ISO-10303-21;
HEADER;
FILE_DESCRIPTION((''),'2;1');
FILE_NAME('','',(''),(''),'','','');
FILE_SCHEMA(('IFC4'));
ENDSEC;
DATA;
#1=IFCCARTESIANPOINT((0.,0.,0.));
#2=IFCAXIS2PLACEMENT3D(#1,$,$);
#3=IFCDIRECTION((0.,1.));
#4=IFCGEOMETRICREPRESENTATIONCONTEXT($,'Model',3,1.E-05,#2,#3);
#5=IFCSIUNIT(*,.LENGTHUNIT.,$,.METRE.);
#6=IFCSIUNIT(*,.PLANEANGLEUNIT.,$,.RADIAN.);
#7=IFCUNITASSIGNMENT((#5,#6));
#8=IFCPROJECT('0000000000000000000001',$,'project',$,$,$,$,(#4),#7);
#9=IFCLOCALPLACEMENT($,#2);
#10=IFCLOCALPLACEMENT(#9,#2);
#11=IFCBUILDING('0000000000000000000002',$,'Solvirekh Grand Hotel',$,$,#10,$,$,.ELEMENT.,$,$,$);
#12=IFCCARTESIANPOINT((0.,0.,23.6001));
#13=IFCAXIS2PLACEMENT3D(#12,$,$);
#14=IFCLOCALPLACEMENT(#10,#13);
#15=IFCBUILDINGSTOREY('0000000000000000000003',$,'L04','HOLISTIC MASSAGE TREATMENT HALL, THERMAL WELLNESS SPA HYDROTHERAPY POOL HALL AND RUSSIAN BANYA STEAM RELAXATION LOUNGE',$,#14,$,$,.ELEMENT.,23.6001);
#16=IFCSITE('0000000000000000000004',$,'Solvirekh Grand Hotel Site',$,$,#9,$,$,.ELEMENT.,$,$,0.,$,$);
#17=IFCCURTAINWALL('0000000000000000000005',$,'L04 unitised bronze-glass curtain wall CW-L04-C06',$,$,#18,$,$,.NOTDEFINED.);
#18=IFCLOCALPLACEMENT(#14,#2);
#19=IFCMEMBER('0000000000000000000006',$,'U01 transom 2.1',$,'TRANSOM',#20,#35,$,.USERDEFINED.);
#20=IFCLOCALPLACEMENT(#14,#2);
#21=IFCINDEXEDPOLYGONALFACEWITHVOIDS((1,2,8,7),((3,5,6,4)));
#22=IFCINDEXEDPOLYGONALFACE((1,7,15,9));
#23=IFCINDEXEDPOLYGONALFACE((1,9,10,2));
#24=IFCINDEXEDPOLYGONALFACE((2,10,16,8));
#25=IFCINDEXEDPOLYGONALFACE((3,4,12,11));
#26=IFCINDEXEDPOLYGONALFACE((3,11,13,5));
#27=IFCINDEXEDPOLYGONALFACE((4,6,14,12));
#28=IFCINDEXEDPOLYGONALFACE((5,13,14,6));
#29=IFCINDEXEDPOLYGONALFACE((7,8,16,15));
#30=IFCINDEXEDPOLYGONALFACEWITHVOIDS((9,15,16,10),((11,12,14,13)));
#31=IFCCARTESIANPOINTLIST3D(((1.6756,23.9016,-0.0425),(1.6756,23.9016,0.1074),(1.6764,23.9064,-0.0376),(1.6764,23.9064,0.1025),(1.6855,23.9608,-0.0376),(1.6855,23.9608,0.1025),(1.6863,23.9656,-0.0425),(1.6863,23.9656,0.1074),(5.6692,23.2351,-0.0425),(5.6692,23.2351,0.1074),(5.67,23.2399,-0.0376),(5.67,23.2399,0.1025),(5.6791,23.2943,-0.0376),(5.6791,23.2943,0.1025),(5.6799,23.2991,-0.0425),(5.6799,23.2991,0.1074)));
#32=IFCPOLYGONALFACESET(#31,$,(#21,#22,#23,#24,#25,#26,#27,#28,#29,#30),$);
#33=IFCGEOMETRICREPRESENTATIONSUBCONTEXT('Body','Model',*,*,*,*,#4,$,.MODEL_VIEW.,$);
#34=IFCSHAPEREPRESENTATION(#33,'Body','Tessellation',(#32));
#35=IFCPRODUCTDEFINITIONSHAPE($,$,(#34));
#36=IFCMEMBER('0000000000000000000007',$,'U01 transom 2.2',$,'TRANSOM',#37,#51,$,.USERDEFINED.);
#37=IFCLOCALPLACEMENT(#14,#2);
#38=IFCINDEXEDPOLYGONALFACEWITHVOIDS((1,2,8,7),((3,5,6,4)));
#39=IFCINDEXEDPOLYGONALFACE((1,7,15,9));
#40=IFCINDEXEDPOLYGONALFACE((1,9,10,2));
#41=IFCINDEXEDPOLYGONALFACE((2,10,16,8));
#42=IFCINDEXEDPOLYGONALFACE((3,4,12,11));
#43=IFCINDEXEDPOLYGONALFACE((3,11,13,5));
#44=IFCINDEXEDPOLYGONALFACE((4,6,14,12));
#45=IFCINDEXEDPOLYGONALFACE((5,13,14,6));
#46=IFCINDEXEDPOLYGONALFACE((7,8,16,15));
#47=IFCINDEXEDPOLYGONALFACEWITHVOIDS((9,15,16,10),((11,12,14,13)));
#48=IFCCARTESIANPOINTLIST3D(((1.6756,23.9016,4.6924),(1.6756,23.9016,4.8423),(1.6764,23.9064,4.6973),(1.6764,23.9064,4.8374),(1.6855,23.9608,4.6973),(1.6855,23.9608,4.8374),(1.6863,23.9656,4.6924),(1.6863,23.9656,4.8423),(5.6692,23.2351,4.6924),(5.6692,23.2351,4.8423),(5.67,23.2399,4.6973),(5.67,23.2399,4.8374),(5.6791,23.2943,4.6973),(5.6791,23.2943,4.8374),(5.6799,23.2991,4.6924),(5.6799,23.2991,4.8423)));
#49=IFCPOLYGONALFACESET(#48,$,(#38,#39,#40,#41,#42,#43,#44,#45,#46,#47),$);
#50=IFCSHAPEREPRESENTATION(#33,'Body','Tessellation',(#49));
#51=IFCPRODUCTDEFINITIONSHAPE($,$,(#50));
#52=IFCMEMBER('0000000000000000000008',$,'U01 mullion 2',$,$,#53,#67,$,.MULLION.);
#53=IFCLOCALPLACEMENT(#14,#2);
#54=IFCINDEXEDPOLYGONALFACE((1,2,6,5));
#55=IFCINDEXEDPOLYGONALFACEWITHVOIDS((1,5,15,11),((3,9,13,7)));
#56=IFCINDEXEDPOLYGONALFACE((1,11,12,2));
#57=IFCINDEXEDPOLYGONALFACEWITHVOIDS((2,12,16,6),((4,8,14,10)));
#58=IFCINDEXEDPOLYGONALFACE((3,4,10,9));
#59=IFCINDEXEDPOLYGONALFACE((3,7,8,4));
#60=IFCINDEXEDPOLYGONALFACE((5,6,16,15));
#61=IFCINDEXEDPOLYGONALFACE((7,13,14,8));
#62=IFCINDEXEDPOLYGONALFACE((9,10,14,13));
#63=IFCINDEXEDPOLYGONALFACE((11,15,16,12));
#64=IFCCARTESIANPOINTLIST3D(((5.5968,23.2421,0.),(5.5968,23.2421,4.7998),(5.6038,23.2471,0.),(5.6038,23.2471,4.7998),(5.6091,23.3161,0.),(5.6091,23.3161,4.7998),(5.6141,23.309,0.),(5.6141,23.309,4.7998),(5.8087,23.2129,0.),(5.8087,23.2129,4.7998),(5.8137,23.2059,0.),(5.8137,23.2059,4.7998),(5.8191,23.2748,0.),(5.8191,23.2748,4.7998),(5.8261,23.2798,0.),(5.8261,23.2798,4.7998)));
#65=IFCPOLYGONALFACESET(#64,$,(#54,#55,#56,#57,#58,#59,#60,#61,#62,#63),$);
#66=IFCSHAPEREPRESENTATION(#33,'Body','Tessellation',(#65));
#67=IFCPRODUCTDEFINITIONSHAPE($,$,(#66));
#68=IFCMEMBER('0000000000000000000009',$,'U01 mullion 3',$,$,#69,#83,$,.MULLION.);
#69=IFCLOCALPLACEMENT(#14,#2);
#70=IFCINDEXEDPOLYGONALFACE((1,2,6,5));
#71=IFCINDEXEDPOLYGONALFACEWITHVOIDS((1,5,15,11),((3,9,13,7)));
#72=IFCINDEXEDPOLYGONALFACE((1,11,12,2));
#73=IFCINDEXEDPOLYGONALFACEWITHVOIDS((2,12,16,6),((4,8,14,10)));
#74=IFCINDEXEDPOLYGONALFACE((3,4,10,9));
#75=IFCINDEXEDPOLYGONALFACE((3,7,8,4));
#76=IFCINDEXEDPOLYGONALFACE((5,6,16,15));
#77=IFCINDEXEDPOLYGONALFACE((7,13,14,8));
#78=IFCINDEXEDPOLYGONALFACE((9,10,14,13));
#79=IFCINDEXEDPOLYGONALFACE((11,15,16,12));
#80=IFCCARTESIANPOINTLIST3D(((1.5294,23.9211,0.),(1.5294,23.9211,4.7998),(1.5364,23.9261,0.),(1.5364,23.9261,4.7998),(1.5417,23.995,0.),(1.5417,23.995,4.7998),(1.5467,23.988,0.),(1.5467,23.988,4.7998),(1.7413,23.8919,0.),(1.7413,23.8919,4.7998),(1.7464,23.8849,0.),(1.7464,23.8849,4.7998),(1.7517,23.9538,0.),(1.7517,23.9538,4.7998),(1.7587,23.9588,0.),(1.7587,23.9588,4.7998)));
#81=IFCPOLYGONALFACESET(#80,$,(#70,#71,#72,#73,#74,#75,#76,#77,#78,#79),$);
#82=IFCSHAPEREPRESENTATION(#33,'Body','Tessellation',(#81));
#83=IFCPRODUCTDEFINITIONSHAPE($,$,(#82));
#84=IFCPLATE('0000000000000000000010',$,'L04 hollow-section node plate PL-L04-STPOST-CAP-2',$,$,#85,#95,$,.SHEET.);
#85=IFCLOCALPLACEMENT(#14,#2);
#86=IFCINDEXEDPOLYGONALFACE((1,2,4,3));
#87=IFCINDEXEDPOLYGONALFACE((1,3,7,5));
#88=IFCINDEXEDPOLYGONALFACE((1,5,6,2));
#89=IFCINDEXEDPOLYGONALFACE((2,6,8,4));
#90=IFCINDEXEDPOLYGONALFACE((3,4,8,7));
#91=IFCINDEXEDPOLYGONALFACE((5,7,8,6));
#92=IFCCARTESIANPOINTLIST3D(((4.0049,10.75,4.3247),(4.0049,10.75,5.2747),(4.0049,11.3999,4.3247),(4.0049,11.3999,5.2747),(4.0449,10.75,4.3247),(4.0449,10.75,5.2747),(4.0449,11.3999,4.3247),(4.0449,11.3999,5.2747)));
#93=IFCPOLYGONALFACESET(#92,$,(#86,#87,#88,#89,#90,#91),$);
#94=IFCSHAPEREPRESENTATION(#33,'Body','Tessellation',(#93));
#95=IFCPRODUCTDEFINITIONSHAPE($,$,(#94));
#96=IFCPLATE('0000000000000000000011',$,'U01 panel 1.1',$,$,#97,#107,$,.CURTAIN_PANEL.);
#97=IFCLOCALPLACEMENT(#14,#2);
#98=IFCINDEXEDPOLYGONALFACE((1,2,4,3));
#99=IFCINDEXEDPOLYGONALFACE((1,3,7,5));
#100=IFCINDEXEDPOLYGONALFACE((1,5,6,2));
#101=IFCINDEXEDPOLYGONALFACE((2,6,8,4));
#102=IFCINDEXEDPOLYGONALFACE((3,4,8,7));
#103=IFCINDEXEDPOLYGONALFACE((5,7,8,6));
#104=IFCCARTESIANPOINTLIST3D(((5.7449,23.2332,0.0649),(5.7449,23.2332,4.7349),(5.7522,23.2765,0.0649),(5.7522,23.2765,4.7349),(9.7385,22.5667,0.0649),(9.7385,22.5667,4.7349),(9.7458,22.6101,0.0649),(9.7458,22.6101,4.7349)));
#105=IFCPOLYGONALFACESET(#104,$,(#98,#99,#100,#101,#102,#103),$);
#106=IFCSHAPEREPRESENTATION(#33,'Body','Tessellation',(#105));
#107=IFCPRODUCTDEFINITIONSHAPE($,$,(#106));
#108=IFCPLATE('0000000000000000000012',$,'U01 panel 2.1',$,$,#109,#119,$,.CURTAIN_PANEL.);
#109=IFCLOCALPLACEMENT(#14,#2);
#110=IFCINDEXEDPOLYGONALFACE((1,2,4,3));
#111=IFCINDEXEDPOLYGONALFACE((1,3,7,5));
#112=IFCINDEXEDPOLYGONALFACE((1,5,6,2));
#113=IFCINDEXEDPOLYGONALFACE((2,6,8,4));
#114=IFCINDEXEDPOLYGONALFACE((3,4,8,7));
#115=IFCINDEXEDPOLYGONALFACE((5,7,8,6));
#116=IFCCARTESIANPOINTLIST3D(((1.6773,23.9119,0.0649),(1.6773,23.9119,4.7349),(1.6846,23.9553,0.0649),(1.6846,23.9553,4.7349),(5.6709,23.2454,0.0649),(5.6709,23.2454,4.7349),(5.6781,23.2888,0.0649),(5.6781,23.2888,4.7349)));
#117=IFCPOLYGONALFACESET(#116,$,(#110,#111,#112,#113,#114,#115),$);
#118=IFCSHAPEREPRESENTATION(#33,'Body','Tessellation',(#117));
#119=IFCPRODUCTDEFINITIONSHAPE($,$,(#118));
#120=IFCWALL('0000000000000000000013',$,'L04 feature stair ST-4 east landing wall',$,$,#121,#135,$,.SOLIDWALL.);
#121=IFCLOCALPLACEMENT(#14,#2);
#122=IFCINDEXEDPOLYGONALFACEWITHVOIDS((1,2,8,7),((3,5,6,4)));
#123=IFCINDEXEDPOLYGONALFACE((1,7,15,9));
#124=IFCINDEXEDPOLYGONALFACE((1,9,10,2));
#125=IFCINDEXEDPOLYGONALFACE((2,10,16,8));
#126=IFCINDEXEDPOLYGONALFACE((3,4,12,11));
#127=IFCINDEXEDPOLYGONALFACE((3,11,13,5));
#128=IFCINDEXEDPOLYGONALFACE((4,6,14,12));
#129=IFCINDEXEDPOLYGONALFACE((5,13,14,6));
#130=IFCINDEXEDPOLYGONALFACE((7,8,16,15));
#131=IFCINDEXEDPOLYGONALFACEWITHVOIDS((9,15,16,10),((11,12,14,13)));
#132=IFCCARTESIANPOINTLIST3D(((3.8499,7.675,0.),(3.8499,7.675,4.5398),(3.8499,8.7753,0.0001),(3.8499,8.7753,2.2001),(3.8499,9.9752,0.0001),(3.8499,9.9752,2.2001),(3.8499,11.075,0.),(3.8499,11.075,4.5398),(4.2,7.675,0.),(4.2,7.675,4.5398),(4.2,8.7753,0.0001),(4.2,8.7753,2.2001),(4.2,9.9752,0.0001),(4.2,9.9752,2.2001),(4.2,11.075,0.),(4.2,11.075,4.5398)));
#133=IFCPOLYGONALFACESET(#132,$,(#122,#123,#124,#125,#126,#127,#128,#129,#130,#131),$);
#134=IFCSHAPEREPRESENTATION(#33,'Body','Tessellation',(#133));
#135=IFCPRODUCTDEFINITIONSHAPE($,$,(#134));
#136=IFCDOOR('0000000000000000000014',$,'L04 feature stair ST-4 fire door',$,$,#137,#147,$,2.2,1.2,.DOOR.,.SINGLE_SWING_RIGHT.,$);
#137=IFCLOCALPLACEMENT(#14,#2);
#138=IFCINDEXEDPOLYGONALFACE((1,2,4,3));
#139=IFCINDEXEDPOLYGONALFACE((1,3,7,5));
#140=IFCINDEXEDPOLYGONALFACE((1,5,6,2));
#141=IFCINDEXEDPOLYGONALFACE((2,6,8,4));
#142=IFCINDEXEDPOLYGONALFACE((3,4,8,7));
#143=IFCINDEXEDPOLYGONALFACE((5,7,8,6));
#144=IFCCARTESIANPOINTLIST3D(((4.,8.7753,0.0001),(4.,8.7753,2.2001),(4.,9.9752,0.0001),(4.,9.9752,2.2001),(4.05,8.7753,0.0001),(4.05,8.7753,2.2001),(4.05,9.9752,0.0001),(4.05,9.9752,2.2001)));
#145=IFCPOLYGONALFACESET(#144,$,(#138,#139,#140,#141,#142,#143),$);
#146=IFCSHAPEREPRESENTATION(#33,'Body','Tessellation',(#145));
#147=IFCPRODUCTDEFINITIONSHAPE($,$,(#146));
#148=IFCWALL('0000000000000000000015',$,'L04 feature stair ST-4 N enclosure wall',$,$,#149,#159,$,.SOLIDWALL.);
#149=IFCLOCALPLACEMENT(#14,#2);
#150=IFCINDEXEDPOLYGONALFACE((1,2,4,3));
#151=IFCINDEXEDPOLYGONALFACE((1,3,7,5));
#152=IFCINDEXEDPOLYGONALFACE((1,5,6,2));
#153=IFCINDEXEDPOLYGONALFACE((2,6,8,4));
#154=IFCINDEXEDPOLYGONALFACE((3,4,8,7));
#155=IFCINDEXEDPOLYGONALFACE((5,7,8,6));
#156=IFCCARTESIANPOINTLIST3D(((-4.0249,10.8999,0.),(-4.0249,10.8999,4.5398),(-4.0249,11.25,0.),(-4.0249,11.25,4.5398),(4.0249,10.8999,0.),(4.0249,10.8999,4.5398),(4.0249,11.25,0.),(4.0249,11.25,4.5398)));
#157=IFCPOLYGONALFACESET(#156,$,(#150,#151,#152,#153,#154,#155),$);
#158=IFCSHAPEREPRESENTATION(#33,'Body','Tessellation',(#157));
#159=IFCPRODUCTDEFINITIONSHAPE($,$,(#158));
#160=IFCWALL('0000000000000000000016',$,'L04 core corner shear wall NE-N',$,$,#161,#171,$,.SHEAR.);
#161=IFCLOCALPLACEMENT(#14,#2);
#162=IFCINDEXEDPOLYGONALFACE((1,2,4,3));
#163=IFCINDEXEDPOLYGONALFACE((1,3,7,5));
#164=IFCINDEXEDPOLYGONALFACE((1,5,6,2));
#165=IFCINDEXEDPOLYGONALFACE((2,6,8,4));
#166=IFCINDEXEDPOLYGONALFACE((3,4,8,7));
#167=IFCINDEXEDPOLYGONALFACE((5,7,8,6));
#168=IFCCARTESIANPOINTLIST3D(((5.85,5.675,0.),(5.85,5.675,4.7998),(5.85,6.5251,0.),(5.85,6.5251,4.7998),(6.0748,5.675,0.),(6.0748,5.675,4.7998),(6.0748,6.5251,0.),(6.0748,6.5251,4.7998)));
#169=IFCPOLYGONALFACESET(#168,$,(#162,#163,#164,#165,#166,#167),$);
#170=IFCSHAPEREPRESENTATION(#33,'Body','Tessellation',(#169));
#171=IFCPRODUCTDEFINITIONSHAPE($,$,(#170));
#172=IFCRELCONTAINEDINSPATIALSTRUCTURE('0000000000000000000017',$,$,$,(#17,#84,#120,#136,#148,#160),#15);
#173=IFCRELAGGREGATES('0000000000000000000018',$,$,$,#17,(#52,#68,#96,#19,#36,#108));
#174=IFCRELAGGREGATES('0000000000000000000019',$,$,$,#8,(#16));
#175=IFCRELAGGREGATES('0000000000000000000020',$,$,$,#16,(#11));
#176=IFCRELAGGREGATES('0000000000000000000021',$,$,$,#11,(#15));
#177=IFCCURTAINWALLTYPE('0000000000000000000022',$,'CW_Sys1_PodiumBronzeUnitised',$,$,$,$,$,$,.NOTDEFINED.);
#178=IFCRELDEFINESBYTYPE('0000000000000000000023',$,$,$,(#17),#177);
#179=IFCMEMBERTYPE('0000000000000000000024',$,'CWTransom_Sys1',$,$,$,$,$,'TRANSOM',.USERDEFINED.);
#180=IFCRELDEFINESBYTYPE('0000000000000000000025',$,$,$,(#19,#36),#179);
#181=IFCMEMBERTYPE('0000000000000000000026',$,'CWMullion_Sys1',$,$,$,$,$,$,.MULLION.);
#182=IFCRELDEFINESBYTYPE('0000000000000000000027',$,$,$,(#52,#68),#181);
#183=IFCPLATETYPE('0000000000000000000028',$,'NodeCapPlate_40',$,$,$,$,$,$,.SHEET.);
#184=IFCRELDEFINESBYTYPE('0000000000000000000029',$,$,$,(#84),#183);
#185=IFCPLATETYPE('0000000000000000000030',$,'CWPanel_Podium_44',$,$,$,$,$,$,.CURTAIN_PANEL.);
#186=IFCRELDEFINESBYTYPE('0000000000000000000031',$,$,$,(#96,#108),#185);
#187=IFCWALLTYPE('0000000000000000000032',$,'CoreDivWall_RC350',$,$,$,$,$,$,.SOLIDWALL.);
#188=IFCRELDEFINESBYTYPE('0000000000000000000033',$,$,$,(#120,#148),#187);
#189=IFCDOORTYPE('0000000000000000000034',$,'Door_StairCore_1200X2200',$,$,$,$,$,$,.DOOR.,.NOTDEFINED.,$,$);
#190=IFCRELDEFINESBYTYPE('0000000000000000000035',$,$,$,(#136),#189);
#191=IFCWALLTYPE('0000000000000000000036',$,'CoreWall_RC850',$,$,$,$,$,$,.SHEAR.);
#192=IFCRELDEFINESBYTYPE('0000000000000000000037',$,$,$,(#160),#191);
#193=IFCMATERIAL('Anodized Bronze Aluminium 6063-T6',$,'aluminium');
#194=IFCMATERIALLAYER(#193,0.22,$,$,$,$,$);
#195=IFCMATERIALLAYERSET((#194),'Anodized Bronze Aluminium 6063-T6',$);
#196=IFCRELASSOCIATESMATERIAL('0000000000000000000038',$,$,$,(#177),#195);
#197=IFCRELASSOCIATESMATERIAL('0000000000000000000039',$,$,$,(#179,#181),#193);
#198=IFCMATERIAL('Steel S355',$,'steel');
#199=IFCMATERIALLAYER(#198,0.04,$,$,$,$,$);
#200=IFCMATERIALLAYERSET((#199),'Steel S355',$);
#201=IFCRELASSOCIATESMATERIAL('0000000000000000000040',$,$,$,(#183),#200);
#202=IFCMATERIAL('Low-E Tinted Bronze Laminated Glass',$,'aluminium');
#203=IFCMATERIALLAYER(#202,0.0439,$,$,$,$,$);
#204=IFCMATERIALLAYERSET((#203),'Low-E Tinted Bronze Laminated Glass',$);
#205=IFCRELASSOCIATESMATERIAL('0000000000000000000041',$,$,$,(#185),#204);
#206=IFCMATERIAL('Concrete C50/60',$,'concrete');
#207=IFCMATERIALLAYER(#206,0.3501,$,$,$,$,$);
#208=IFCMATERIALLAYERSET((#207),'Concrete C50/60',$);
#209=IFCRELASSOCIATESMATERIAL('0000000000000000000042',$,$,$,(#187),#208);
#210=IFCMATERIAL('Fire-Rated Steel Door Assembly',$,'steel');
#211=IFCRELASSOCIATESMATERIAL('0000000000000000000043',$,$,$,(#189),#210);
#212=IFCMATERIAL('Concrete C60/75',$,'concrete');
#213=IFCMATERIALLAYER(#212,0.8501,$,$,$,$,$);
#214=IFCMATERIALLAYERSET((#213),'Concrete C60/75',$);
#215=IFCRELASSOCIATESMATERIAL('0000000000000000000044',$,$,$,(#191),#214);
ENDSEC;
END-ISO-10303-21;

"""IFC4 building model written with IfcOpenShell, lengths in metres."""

from ifc_helpers import new_model, si_unit, direction, frame, frame_2d, origin, origin_2d, place, context, subcontext, project, spatial, rectangle, hollow_rectangle, extrude, source, transform, mapped, material, layer, layer_set, material_profile, profile_set, type_object, element, fill, aggregate, save


model = new_model("IFC4")

# Units and contexts
model_context = context("Model", 3, precision=1e-05, world=origin(), true_north=direction((0.0, 1.0)))
body_context = subcontext(model_context, "Body", "Model", "MODEL_VIEW")
ifc_project = project(units=[si_unit("LENGTHUNIT", "METRE"), si_unit("PLANEANGLEUNIT", "RADIAN")], contexts=[model_context])

# Site, building, storey
site_placement = place(None, origin())
site = spatial("IfcSite", under=ifc_project, at=site_placement, Name="Solvirekh Grand Hotel Site", CompositionType="ELEMENT", RefElevation=0.0)
building_placement = place(site_placement, origin())
building = spatial("IfcBuilding", under=site, at=building_placement, Name="Solvirekh Grand Hotel", CompositionType="ELEMENT")
storey_placement = place(building_placement, frame((0.0, 0.0, 23.6001)))
storey = spatial("IfcBuildingStorey", under=building, at=storey_placement, Name="L04", Description="HOLISTIC MASSAGE TREATMENT HALL, THERMAL WELLNESS SPA HYDROTHERAPY POOL HALL AND RUSSIAN BANYA STEAM RELAXATION LOUNGE", CompositionType="ELEMENT", Elevation=23.6001)

# Shared definitions
ifc_material_1 = material(Name="Concrete C60/75", Category="concrete")
ifc_material_2 = material(Name="Steel S355", Category="steel")

# Curtain wall, members
ifc_material_3 = material(Name="Anodized Bronze Aluminium 6063-T6", Category="aluminium")
ifc_layer_1 = layer(ifc_material_3, 0.22)
ifc_layer_set_1 = layer_set([ifc_layer_1], Name="Anodized Bronze Aluminium 6063-T6")
curtain_wall_type = type_object("IfcCurtainWallType", Name="CW_Sys1_PodiumBronzeUnitised", PredefinedType="NOTDEFINED", material=ifc_layer_set_1)
curtain_wall_placement = place(storey_placement, origin())
curtain_wall = element("IfcCurtainWall", 1, at=curtain_wall_placement, inside=storey, type_object=curtain_wall_type, Name="L04 unitised bronze-glass curtain wall CW-L04-C06", PredefinedType="NOTDEFINED")
ifc_material_profile_1 = material_profile(ifc_material_3, hollow_rectangle(XDim=0.0649, YDim=0.1499, WallThickness=0.0049, at=origin_2d()), Name="ALU RHS 150X65X5")
ifc_profile_set_1 = profile_set([ifc_material_profile_1], Name="Anodized Bronze Aluminium 6063-T6")
member_type_1 = type_object("IfcMemberType", Name="CWTransom_Sys1", ElementType="TRANSOM", PredefinedType="USERDEFINED", material=ifc_profile_set_1)
shared_shape_1 = source(origin(), body_context, "Body", "SweptSolid", [
    extrude(hollow_rectangle(XDim=0.0649, YDim=0.1499, WallThickness=0.0049, at=origin_2d()), origin(), (0.0, 0.0, 1.0), 4.0488),
])
member_1_placement = place(storey_placement, frame((5.6746, 23.2671, 0.0325), z_axis=(-0.986358, 0.164614, 0.0), x_axis=(-0.164614, -0.986358, 0.0)))
member_1 = element("IfcMember", 2, at=member_1_placement, type_object=member_type_1, Name="U01 transom 2.1", ObjectType="TRANSOM", PredefinedType="USERDEFINED", context=body_context, shape_type="MappedRepresentation", body=[
    mapped(shared_shape_1, transform((0.0, 0.0, 0.0), x_axis=(1.0, 0.0, 0.0), y_axis=(0.0, 1.0, 0.0), z_axis=(0.0, 0.0, 1.0), scale=1.0)),
])
member_2_placement = place(storey_placement, frame((5.6746, 23.2671, 4.7673), z_axis=(-0.986358, 0.164614, 0.0), x_axis=(-0.164614, -0.986358, 0.0)))
member_2 = element("IfcMember", 3, at=member_2_placement, type_object=member_type_1, Name="U01 transom 2.2", ObjectType="TRANSOM", PredefinedType="USERDEFINED", context=body_context, shape_type="MappedRepresentation", body=[
    mapped(shared_shape_1, transform((0.0, 0.0, 0.0), x_axis=(1.0, 0.0, 0.0), y_axis=(0.0, 1.0, 0.0), z_axis=(0.0, 0.0, 1.0), scale=1.0)),
])
ifc_material_profile_2 = material_profile(ifc_material_3, hollow_rectangle(XDim=0.075, YDim=0.22, WallThickness=0.0061, at=origin_2d()), Name="ALU RHS 220X75X6")
ifc_profile_set_2 = profile_set([ifc_material_profile_2], Name="Anodized Bronze Aluminium 6063-T6")
member_type_2 = type_object("IfcMemberType", Name="CWMullion_Sys1", PredefinedType="MULLION", material=ifc_profile_set_2)
shared_shape_2 = source(origin(), body_context, "Body", "SweptSolid", [
    extrude(hollow_rectangle(XDim=0.075, YDim=0.22, WallThickness=0.0061, at=origin_2d()), origin(), (0.0, 0.0, 1.0), 4.7998),
])
member_3_placement = place(storey_placement, frame((5.7114, 23.261, 0.0), z_axis=(0.0, 0.0, 1.0), x_axis=(-0.164613, -0.986358, 0.0)))
member_3 = element("IfcMember", 4, at=member_3_placement, type_object=member_type_2, Name="U01 mullion 2", PredefinedType="MULLION", context=body_context, shape_type="MappedRepresentation", body=[
    mapped(shared_shape_2, transform((0.0, 0.0, 0.0), x_axis=(1.0, 0.0, 0.0), y_axis=(0.0, 1.0, 0.0), z_axis=(0.0, 0.0, 1.0), scale=1.0)),
])
member_4_placement = place(storey_placement, frame((1.644, 23.9399, 0.0), z_axis=(0.0, 0.0, 1.0), x_axis=(-0.164613, -0.986358, 0.0)))
member_4 = element("IfcMember", 5, at=member_4_placement, type_object=member_type_2, Name="U01 mullion 3", PredefinedType="MULLION", context=body_context, shape_type="MappedRepresentation", body=[
    mapped(shared_shape_2, transform((0.0, 0.0, 0.0), x_axis=(1.0, 0.0, 0.0), y_axis=(0.0, 1.0, 0.0), z_axis=(0.0, 0.0, 1.0), scale=1.0)),
])

# Plates
ifc_layer_2 = layer(ifc_material_2, 0.04)
ifc_layer_set_2 = layer_set([ifc_layer_2], Name="Steel S355")
plate_type_1 = type_object("IfcPlateType", Name="NodeCapPlate_40", PredefinedType="SHEET", material=ifc_layer_set_2)
plate_1_placement = place(storey_placement, frame((4.0249, 11.075, 4.3247), z_axis=(0.0, 0.0, 1.0), x_axis=(1.0, 0.0, 0.0)))
element("IfcPlate", 6, at=plate_1_placement, inside=storey, type_object=plate_type_1, Name="L04 hollow-section node plate PL-L04-STPOST-CAP-2", PredefinedType="SHEET", context=body_context, shape_type="SweptSolid", body=[
    extrude(rectangle(XDim=0.04, YDim=0.6499, at=origin_2d()), origin(), (0.0, 0.0, 1.0), 0.95),
])
ifc_material_4 = material(Name="Low-E Tinted Bronze Laminated Glass", Category="aluminium")
ifc_layer_3 = layer(ifc_material_4, 0.0439)
ifc_layer_set_3 = layer_set([ifc_layer_3], Name="Low-E Tinted Bronze Laminated Glass")
plate_type_2 = type_object("IfcPlateType", Name="CWPanel_Podium_44", PredefinedType="CURTAIN_PANEL", material=ifc_layer_set_3)
shared_shape_3 = source(origin(), body_context, "Body", "SweptSolid", [
    extrude(rectangle(XDim=4.0488, YDim=0.0439, at=origin_2d()), origin(), (0.0, 0.0, 1.0), 4.6699),
])
plate_2_placement = place(storey_placement, frame((7.7454, 22.9216, 0.0649), z_axis=(0.0, 0.0, 1.0), x_axis=(-0.986358, 0.164613, 0.0)))
plate_2 = element("IfcPlate", 7, at=plate_2_placement, type_object=plate_type_2, Name="U01 panel 1.1", PredefinedType="CURTAIN_PANEL", context=body_context, shape_type="MappedRepresentation", body=[
    mapped(shared_shape_3, transform((0.0, 0.0, 0.0), x_axis=(1.0, 0.0, 0.0), y_axis=(0.0, 1.0, 0.0), z_axis=(0.0, 0.0, 1.0), scale=1.0)),
])
plate_3_placement = place(storey_placement, frame((3.6777, 23.6003, 0.0649), z_axis=(0.0, 0.0, 1.0), x_axis=(-0.986358, 0.164613, 0.0)))
plate_3 = element("IfcPlate", 8, at=plate_3_placement, type_object=plate_type_2, Name="U01 panel 2.1", PredefinedType="CURTAIN_PANEL", context=body_context, shape_type="MappedRepresentation", body=[
    mapped(shared_shape_3, transform((0.0, 0.0, 0.0), x_axis=(1.0, 0.0, 0.0), y_axis=(0.0, 1.0, 0.0), z_axis=(0.0, 0.0, 1.0), scale=1.0)),
])
aggregate(curtain_wall, [member_3, member_4, plate_2, member_1, member_2, plate_3])

# Wall, opening, door
ifc_material_5 = material(Name="Concrete C50/60", Category="concrete")
ifc_layer_4 = layer(ifc_material_5, 0.3501)
ifc_layer_set_4 = layer_set([ifc_layer_4], Name="Concrete C50/60")
wall_type_1 = type_object("IfcWallType", Name="CoreDivWall_RC350", PredefinedType="SOLIDWALL", material=ifc_layer_set_4)
wall_1_placement = place(storey_placement, frame((4.0249, 7.675, 0.0), z_axis=(0.0, 0.0, 1.0), x_axis=(0.0, 1.0, 0.0)))
wall_1 = element("IfcWall", 9, at=wall_1_placement, inside=storey, type_object=wall_type_1, Name="L04 feature stair ST-4 east landing wall", PredefinedType="SOLIDWALL", context=body_context, shape_type="SweptSolid", body=[
    extrude(rectangle(XDim=3.3999, YDim=0.3501, at=frame_2d((1.7, 0.0))), origin(), (0.0, 0.0, 1.0), 4.5398),
])
opening_1_placement = place(wall_1_placement, frame((1.1001, 0.0, 0.0)))
opening_1 = element("IfcOpeningElement", 10, at=opening_1_placement, cuts=wall_1, PredefinedType="OPENING", context=body_context, shape_type="SweptSolid", body=[
    extrude(rectangle(XDim=1.2, YDim=2.2, at=frame_2d((0.6001, 1.1001))), frame((0.0, 0.1851, 0.0), z_axis=(0.0, -1.0, 0.0), x_axis=(1.0, 0.0, 0.0)), (0.0, 0.0, 1.0), 0.3701),
])
ifc_material_6 = material(Name="Fire-Rated Steel Door Assembly", Category="steel")
door_type_1 = type_object("IfcDoorType", Name="Door_StairCore_1200X2200", OperationType="NOTDEFINED", PredefinedType="DOOR", material=ifc_material_6)
door_1_placement = place(opening_1_placement, origin())
door_1 = element("IfcDoor", 11, at=door_1_placement, inside=storey, type_object=door_type_1, Name="L04 feature stair ST-4 fire door", OperationType="SINGLE_SWING_RIGHT", OverallHeight=2.2, OverallWidth=1.2, PredefinedType="DOOR", context=body_context, shape_type="SweptSolid", body=[
    extrude(rectangle(XDim=1.2, YDim=2.2, at=frame_2d((0.6001, 1.1001))), frame((0.0, 0.0249, 0.0), z_axis=(0.0, -1.0, 0.0), x_axis=(1.0, 0.0, 0.0)), (0.0, 0.0, 1.0), 0.05),
])
fill(opening_1, door_1)

# Walls
wall_2_placement = place(storey_placement, frame((4.0249, 11.075, 0.0), z_axis=(0.0, 0.0, 1.0), x_axis=(-1.0, 0.0, 0.0)))
element("IfcWall", 12, at=wall_2_placement, inside=storey, type_object=wall_type_1, Name="L04 feature stair ST-4 N enclosure wall", PredefinedType="SOLIDWALL", context=body_context, shape_type="SweptSolid", body=[
    extrude(rectangle(XDim=8.0498, YDim=0.3501, at=frame_2d((4.0249, 0.0))), origin(), (0.0, 0.0, 1.0), 4.5398),
])
ifc_layer_5 = layer(ifc_material_1, 0.8501)
ifc_layer_set_5 = layer_set([ifc_layer_5], Name="Concrete C60/75")
wall_type_2 = type_object("IfcWallType", Name="CoreWall_RC850", PredefinedType="SHEAR", material=ifc_layer_set_5)
wall_3_placement = place(storey_placement, frame((5.8501, 6.1001, 0.0), z_axis=(0.0, 0.0, 1.0), x_axis=(1.0, 0.0, 0.0)))
element("IfcWall", 13, at=wall_3_placement, inside=storey, type_object=wall_type_2, Name="L04 core corner shear wall NE-N", PredefinedType="SHEAR", context=body_context, shape_type="SweptSolid", body=[
    extrude(rectangle(XDim=0.2249, YDim=0.8501, at=frame_2d((0.1123, 0.0))), origin(), (0.0, 0.0, 1.0), 4.7998),
])

save(model, "model.ifc")
